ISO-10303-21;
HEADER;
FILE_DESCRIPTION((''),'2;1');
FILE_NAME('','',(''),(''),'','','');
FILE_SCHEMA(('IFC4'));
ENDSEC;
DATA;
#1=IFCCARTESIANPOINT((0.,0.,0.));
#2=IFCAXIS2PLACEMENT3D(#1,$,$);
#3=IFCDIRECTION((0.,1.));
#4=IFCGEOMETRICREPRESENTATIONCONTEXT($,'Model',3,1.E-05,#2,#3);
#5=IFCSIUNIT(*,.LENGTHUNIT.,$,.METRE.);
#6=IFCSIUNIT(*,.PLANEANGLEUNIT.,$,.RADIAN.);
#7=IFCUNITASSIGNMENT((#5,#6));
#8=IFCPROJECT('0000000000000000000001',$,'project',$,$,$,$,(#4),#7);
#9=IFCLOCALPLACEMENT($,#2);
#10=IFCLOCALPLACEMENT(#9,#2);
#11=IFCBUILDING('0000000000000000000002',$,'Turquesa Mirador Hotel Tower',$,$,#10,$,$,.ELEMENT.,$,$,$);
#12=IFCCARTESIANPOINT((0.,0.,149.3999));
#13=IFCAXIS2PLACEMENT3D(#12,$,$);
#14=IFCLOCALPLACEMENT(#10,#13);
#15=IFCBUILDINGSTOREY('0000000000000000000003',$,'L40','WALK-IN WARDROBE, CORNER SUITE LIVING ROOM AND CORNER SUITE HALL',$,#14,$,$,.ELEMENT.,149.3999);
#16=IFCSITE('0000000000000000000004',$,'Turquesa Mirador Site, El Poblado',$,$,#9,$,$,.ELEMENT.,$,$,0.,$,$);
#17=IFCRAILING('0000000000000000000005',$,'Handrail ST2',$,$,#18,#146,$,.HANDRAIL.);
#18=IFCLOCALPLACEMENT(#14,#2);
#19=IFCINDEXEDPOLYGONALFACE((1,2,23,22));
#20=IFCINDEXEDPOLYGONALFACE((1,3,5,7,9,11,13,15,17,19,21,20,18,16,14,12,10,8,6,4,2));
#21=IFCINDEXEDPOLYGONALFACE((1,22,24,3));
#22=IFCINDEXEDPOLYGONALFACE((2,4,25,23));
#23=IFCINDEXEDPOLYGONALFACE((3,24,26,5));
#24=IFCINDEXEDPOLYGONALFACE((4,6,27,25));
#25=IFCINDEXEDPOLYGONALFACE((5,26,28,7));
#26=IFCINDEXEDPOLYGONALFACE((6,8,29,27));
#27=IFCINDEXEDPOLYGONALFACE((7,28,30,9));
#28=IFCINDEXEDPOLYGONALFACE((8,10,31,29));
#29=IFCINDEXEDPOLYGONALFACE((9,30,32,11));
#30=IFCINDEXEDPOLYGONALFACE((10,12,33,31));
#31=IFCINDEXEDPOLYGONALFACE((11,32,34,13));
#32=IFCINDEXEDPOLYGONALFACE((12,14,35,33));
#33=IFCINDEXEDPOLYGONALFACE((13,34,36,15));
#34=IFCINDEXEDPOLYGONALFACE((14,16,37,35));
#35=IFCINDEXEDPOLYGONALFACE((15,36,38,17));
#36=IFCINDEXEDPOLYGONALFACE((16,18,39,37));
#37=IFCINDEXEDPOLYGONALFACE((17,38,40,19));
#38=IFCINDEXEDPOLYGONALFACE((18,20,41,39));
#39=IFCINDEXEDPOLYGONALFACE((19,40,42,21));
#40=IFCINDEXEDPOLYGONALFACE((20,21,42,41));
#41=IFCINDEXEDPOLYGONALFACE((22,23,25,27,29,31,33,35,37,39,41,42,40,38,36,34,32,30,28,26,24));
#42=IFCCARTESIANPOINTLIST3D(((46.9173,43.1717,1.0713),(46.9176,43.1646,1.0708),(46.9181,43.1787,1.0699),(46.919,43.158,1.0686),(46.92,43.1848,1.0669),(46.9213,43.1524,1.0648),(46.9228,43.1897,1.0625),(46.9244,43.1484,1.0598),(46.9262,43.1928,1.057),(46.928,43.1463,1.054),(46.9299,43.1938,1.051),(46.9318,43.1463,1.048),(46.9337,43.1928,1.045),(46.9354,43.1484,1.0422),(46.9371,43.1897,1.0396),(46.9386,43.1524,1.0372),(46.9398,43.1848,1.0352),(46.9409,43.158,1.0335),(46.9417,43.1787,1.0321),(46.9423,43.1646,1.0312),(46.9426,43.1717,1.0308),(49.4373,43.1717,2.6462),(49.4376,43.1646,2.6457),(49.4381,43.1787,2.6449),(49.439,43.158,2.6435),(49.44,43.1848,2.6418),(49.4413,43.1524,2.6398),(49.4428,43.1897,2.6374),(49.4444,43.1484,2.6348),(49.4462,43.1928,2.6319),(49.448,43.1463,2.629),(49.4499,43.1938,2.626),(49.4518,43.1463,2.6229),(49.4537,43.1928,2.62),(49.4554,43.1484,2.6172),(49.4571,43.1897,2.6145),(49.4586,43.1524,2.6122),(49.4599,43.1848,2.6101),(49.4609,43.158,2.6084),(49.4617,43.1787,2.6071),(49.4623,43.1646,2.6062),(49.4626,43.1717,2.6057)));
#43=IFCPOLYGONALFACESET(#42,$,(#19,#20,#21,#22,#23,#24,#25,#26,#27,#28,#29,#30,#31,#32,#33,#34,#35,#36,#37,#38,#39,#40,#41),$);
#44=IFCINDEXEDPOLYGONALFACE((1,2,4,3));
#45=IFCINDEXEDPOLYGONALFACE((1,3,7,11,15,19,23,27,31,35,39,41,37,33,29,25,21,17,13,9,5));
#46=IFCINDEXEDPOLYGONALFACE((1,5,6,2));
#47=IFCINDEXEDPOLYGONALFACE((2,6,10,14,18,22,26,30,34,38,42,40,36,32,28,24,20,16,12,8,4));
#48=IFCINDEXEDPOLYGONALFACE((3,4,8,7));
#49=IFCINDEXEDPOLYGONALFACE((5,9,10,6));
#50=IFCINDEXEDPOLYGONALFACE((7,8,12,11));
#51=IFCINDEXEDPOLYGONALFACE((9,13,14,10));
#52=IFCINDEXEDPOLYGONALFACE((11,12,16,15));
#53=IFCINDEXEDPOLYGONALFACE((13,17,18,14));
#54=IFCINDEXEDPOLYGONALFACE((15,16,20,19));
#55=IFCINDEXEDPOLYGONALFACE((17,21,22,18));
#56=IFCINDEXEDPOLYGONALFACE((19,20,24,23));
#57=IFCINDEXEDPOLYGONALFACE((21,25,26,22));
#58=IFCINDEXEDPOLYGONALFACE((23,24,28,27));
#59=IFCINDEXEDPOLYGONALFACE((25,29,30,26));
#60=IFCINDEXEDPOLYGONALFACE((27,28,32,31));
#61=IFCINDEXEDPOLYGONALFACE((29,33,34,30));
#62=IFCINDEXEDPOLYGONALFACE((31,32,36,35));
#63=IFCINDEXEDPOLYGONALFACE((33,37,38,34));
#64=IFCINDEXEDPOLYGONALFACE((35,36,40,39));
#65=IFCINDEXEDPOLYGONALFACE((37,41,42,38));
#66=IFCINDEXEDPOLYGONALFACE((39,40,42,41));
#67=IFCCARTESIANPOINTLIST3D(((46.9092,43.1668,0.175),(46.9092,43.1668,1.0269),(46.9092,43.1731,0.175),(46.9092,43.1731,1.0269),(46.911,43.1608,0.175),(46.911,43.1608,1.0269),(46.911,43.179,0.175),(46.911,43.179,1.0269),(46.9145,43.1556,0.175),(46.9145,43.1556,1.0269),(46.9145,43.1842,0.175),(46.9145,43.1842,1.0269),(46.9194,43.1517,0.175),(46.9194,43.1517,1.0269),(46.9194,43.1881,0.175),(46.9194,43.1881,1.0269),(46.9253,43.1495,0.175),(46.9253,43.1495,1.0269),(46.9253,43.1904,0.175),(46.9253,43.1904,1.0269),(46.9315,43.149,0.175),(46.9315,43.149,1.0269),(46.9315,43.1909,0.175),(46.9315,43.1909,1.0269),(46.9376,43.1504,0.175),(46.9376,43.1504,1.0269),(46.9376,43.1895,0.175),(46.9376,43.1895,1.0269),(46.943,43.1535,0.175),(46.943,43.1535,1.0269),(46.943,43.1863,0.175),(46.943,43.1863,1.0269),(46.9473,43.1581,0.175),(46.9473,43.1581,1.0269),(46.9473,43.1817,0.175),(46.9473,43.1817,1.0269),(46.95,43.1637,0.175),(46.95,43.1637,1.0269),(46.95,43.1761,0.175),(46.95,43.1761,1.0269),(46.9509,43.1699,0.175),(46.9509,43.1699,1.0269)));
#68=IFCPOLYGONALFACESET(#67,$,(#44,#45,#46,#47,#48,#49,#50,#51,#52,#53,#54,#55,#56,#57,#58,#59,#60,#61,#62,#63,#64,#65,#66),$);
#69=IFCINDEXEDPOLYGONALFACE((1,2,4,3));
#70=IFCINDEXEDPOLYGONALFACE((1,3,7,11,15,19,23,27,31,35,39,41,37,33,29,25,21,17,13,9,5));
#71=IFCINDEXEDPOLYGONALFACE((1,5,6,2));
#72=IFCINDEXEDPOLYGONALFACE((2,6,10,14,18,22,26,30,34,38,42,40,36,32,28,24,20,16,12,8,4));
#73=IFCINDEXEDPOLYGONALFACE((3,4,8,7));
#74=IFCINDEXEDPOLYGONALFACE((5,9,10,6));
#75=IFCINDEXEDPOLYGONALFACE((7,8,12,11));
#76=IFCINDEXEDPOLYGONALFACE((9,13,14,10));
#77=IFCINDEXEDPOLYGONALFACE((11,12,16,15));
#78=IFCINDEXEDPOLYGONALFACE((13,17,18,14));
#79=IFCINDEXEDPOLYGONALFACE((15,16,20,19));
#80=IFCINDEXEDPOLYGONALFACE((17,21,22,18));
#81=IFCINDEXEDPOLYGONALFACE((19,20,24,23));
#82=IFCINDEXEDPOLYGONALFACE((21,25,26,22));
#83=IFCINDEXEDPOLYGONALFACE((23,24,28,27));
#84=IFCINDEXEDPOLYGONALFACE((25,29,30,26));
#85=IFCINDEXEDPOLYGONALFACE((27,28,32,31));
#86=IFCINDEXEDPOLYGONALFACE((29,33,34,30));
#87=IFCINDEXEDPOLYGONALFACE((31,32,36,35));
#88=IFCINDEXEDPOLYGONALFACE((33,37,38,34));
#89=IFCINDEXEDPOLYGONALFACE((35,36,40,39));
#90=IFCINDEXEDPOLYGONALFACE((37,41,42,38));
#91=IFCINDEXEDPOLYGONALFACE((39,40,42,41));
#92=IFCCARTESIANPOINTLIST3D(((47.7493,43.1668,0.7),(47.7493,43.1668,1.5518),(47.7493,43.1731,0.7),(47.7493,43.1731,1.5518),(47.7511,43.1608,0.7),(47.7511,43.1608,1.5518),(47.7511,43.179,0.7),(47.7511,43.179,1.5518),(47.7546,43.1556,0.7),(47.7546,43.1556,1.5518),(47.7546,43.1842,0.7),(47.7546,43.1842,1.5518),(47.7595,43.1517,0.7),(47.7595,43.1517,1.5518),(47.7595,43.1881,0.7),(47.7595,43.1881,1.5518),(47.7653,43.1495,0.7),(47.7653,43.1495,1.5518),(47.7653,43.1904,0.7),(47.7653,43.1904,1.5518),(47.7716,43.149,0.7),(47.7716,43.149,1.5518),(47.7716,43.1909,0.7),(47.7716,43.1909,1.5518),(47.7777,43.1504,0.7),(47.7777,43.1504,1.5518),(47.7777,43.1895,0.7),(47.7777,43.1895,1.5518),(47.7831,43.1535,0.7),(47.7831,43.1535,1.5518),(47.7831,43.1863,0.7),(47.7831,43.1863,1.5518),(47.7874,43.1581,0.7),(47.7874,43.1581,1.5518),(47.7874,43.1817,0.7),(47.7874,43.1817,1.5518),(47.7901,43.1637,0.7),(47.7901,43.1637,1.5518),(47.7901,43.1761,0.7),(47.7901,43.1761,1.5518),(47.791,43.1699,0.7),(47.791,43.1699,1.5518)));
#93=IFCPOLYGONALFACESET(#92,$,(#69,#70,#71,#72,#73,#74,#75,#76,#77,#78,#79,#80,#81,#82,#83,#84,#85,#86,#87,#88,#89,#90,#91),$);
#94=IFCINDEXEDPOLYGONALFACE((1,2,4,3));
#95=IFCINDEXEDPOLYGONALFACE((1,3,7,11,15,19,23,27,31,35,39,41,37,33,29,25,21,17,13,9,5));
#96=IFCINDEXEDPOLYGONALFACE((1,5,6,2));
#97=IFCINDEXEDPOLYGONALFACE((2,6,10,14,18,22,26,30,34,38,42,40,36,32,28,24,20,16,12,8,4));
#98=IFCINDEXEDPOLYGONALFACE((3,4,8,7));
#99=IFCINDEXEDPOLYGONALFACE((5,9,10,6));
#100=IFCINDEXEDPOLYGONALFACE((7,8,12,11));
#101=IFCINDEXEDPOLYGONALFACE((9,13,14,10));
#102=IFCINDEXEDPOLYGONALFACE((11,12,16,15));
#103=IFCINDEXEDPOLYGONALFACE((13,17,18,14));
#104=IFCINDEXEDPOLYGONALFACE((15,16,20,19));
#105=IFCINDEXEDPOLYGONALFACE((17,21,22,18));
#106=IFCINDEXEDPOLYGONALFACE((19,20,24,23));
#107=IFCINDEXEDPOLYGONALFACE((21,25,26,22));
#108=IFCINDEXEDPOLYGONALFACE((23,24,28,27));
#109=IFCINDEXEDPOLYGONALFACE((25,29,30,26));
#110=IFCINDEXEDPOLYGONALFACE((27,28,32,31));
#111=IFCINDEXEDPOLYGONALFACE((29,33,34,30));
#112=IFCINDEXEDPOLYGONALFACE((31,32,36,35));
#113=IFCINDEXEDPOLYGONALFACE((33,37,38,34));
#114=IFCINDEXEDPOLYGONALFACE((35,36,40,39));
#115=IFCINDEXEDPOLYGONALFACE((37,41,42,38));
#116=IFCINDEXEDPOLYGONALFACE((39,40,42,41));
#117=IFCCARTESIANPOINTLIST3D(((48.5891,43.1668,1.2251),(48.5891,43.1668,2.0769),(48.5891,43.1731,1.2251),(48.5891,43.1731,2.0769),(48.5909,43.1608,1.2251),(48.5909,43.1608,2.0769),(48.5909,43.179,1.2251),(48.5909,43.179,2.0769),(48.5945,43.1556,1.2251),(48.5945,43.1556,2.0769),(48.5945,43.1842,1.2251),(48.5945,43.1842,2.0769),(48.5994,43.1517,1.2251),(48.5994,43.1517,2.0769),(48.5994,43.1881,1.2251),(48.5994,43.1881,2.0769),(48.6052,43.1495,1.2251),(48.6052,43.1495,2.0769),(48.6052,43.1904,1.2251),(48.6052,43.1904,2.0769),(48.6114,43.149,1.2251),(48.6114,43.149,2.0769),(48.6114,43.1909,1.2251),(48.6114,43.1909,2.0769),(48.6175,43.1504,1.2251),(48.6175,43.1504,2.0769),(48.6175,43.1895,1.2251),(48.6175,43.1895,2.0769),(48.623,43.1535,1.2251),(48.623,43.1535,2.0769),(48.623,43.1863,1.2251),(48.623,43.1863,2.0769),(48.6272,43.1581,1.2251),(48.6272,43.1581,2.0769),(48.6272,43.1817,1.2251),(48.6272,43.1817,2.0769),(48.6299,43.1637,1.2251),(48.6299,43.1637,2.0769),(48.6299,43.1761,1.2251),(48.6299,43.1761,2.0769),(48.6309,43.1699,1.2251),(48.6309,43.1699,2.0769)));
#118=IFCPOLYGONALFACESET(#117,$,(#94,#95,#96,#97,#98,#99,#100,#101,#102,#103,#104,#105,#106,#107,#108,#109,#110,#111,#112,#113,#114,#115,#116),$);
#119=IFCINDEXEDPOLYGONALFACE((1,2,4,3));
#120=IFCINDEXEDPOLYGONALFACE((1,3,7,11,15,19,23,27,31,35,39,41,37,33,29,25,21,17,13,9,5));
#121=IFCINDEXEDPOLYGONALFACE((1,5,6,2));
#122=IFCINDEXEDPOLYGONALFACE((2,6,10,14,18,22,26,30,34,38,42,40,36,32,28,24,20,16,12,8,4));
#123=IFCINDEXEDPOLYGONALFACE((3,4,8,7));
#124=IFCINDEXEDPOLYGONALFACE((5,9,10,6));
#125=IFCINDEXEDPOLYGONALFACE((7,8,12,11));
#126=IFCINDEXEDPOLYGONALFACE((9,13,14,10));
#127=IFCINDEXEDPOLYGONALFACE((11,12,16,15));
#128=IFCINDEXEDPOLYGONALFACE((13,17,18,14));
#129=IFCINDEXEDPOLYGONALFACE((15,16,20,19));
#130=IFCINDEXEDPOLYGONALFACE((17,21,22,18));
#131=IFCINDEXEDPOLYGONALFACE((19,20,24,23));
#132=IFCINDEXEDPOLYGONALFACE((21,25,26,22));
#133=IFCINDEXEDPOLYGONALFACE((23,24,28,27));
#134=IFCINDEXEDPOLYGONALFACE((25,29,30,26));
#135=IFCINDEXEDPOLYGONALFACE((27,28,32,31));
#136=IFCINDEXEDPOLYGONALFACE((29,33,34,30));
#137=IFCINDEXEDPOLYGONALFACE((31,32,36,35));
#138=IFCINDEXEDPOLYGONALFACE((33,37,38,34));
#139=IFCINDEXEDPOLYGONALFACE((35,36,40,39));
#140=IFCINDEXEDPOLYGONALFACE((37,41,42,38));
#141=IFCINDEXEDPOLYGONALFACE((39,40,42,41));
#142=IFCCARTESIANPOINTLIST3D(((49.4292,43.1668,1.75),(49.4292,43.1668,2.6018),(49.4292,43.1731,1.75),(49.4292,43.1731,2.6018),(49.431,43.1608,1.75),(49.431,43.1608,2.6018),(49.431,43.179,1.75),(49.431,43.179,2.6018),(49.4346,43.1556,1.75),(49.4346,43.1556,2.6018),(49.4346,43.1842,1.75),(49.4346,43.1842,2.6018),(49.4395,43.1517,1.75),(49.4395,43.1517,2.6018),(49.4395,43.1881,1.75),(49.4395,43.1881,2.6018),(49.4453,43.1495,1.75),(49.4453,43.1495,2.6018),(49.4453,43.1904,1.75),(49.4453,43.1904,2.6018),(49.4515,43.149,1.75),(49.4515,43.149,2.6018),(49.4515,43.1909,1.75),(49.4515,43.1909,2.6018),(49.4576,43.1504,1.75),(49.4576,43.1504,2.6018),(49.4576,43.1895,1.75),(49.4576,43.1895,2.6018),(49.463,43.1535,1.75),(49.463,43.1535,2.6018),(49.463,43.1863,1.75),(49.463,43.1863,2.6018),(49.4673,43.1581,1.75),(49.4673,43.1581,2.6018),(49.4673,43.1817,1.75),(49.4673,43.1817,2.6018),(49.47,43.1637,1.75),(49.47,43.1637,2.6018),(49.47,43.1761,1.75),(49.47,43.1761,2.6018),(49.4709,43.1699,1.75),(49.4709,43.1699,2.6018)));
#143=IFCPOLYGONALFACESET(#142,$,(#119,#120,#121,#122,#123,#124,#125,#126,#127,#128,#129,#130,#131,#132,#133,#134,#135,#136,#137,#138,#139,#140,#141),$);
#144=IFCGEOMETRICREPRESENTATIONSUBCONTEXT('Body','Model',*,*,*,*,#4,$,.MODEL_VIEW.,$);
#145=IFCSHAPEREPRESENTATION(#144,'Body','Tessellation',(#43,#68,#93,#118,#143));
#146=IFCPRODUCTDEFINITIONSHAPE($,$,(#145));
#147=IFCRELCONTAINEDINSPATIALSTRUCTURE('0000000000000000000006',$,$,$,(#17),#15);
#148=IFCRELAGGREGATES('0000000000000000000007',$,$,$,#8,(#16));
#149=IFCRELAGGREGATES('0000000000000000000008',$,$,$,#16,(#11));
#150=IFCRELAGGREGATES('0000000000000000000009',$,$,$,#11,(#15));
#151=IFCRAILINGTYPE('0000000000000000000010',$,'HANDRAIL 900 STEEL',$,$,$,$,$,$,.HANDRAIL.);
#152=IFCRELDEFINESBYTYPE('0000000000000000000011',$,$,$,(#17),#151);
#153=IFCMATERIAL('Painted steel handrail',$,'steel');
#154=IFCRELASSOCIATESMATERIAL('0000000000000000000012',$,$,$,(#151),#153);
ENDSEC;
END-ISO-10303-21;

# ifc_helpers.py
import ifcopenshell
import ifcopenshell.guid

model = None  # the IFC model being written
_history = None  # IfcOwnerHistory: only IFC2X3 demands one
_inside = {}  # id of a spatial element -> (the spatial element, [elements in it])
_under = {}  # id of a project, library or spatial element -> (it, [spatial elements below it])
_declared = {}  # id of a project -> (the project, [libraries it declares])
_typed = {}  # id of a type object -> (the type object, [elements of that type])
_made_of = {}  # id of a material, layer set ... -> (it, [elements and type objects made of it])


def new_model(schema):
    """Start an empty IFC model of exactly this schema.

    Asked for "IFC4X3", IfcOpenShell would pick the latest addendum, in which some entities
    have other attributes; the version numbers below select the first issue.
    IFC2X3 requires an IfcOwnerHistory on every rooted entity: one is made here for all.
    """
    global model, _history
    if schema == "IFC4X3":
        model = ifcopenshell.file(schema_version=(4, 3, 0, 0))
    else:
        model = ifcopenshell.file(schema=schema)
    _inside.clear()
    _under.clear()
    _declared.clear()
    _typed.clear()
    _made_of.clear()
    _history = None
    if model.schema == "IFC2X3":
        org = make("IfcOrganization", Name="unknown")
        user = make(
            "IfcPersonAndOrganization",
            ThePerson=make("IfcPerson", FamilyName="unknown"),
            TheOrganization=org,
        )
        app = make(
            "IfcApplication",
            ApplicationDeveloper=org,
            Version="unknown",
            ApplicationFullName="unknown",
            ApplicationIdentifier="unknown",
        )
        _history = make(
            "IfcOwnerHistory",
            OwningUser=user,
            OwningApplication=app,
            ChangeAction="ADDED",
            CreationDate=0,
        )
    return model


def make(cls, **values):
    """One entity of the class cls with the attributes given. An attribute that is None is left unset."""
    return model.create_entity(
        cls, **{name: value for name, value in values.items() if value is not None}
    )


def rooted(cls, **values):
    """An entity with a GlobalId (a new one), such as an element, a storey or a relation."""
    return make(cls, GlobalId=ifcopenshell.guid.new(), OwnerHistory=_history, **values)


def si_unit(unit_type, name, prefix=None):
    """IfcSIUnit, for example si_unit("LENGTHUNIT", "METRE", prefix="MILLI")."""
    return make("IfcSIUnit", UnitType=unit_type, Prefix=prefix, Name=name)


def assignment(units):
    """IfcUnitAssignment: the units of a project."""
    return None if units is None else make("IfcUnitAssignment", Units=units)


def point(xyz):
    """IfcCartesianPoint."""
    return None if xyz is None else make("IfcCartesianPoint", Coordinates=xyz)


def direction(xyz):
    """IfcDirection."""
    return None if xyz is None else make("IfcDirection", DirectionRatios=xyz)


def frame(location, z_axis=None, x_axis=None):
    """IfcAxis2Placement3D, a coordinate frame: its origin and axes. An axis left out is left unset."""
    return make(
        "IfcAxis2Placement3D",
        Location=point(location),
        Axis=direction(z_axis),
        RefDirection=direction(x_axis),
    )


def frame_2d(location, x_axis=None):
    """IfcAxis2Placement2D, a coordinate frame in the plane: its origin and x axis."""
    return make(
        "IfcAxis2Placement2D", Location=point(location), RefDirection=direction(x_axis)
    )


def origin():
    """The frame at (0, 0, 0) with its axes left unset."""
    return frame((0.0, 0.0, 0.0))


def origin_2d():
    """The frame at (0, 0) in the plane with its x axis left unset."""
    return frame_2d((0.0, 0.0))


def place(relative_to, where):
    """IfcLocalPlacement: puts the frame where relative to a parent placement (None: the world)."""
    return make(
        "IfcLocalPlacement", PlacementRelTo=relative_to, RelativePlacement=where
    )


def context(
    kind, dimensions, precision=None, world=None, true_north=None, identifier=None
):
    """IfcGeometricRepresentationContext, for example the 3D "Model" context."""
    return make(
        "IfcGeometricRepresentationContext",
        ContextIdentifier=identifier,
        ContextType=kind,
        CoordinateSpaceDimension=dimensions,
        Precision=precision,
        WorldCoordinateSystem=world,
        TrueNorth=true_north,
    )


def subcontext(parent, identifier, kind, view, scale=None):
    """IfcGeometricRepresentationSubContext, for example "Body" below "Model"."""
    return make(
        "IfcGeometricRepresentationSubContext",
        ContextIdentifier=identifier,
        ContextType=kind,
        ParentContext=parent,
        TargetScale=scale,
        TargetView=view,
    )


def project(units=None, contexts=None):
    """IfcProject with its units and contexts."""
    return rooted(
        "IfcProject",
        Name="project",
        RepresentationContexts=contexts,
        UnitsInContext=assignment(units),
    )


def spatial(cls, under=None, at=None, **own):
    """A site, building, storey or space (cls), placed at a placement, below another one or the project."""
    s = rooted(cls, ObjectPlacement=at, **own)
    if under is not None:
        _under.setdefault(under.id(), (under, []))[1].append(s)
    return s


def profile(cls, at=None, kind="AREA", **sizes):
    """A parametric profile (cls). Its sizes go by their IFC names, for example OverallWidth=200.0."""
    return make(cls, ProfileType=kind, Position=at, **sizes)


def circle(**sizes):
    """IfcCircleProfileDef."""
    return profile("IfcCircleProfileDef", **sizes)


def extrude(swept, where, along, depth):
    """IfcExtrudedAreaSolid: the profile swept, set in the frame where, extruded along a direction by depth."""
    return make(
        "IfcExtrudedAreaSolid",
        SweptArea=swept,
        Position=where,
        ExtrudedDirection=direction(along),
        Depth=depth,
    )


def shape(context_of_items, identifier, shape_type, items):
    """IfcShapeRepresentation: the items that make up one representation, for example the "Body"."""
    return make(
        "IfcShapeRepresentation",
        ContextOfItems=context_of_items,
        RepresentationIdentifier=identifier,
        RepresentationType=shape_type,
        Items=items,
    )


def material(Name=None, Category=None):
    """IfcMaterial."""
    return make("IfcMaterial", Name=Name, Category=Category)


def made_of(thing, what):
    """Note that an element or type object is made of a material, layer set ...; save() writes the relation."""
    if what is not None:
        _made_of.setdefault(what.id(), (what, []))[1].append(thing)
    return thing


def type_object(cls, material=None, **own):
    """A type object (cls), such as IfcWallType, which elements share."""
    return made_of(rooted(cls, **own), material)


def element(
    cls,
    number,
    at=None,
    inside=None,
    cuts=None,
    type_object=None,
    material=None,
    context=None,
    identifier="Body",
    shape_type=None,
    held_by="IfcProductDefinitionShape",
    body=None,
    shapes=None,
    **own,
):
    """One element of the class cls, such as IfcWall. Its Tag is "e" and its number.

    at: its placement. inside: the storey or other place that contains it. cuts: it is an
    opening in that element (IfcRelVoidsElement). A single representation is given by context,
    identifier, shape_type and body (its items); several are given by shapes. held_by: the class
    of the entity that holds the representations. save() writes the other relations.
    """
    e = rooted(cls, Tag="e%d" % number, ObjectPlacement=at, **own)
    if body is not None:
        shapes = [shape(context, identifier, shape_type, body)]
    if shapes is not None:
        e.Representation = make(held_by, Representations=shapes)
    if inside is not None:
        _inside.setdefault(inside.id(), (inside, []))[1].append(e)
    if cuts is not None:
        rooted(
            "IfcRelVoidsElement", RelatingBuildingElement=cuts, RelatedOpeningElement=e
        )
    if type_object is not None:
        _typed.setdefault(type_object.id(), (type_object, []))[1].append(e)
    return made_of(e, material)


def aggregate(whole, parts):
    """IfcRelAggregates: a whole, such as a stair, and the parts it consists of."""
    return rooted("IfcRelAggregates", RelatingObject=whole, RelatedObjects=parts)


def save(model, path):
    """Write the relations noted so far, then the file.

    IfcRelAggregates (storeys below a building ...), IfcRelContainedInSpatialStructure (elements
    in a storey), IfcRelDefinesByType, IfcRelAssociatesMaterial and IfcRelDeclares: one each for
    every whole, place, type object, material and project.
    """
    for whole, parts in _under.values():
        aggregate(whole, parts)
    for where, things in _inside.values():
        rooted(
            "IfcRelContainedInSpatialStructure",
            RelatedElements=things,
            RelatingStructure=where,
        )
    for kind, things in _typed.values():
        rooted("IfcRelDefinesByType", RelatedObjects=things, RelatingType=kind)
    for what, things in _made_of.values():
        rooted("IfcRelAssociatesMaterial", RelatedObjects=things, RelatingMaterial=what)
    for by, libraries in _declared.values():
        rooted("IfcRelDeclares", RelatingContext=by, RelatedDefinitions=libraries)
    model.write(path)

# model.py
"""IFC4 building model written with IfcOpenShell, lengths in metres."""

from ifc_helpers import new_model, si_unit, direction, frame, origin, origin_2d, place, context, subcontext, project, spatial, circle, extrude, material, type_object, element, save


model = new_model("IFC4")

# Units and contexts
model_context = context("Model", 3, precision=1e-05, world=origin(), true_north=direction((0.0, 1.0)))
body_context = subcontext(model_context, "Body", "Model", "MODEL_VIEW")
ifc_project = project(units=[si_unit("LENGTHUNIT", "METRE"), si_unit("PLANEANGLEUNIT", "RADIAN")], contexts=[model_context])

# Site, building, storey
site_placement = place(None, origin())
site = spatial("IfcSite", under=ifc_project, at=site_placement, Name="Turquesa Mirador Site, El Poblado", CompositionType="ELEMENT", RefElevation=0.0)
building_placement = place(site_placement, origin())
building = spatial("IfcBuilding", under=site, at=building_placement, Name="Turquesa Mirador Hotel Tower", CompositionType="ELEMENT")
storey_placement = place(building_placement, frame((0.0, 0.0, 149.3999)))
storey = spatial("IfcBuildingStorey", under=building, at=storey_placement, Name="L40", Description="WALK-IN WARDROBE, CORNER SUITE LIVING ROOM AND CORNER SUITE HALL", CompositionType="ELEMENT", Elevation=149.3999)

# Railing
ifc_material_1 = material(Name="Painted steel handrail", Category="steel")
railing_type = type_object("IfcRailingType", Name="HANDRAIL 900 STEEL", PredefinedType="HANDRAIL", material=ifc_material_1)
railing_placement = place(storey_placement, frame((46.9299, 43.1699, 0.175)))
element("IfcRailing", 1, at=railing_placement, inside=storey, type_object=railing_type, Name="Handrail ST2", PredefinedType="HANDRAIL", context=body_context, shape_type="SweptSolid", body=[
    extrude(circle(Radius=0.0239, at=origin_2d()), frame((0.0, 0.0, 0.876), z_axis=(0.848008, 0.0, 0.529984), x_axis=(0.0, 1.0, 0.0)), (0.0, 0.0, 1.0), 2.9717),
    extrude(circle(Radius=0.021, at=origin_2d()), origin(), (0.0, 0.0, 1.0), 0.8518),
    extrude(circle(Radius=0.021, at=origin_2d()), frame((0.8401, 0.0, 0.5249)), (0.0, 0.0, 1.0), 0.8518),
    extrude(circle(Radius=0.021, at=origin_2d()), frame((1.6799, 0.0, 1.05)), (0.0, 0.0, 1.0), 0.8518),
    extrude(circle(Radius=0.021, at=origin_2d()), frame((2.52, 0.0, 1.575)), (0.0, 0.0, 1.0), 0.8518),
])

save(model, "model.ifc")
